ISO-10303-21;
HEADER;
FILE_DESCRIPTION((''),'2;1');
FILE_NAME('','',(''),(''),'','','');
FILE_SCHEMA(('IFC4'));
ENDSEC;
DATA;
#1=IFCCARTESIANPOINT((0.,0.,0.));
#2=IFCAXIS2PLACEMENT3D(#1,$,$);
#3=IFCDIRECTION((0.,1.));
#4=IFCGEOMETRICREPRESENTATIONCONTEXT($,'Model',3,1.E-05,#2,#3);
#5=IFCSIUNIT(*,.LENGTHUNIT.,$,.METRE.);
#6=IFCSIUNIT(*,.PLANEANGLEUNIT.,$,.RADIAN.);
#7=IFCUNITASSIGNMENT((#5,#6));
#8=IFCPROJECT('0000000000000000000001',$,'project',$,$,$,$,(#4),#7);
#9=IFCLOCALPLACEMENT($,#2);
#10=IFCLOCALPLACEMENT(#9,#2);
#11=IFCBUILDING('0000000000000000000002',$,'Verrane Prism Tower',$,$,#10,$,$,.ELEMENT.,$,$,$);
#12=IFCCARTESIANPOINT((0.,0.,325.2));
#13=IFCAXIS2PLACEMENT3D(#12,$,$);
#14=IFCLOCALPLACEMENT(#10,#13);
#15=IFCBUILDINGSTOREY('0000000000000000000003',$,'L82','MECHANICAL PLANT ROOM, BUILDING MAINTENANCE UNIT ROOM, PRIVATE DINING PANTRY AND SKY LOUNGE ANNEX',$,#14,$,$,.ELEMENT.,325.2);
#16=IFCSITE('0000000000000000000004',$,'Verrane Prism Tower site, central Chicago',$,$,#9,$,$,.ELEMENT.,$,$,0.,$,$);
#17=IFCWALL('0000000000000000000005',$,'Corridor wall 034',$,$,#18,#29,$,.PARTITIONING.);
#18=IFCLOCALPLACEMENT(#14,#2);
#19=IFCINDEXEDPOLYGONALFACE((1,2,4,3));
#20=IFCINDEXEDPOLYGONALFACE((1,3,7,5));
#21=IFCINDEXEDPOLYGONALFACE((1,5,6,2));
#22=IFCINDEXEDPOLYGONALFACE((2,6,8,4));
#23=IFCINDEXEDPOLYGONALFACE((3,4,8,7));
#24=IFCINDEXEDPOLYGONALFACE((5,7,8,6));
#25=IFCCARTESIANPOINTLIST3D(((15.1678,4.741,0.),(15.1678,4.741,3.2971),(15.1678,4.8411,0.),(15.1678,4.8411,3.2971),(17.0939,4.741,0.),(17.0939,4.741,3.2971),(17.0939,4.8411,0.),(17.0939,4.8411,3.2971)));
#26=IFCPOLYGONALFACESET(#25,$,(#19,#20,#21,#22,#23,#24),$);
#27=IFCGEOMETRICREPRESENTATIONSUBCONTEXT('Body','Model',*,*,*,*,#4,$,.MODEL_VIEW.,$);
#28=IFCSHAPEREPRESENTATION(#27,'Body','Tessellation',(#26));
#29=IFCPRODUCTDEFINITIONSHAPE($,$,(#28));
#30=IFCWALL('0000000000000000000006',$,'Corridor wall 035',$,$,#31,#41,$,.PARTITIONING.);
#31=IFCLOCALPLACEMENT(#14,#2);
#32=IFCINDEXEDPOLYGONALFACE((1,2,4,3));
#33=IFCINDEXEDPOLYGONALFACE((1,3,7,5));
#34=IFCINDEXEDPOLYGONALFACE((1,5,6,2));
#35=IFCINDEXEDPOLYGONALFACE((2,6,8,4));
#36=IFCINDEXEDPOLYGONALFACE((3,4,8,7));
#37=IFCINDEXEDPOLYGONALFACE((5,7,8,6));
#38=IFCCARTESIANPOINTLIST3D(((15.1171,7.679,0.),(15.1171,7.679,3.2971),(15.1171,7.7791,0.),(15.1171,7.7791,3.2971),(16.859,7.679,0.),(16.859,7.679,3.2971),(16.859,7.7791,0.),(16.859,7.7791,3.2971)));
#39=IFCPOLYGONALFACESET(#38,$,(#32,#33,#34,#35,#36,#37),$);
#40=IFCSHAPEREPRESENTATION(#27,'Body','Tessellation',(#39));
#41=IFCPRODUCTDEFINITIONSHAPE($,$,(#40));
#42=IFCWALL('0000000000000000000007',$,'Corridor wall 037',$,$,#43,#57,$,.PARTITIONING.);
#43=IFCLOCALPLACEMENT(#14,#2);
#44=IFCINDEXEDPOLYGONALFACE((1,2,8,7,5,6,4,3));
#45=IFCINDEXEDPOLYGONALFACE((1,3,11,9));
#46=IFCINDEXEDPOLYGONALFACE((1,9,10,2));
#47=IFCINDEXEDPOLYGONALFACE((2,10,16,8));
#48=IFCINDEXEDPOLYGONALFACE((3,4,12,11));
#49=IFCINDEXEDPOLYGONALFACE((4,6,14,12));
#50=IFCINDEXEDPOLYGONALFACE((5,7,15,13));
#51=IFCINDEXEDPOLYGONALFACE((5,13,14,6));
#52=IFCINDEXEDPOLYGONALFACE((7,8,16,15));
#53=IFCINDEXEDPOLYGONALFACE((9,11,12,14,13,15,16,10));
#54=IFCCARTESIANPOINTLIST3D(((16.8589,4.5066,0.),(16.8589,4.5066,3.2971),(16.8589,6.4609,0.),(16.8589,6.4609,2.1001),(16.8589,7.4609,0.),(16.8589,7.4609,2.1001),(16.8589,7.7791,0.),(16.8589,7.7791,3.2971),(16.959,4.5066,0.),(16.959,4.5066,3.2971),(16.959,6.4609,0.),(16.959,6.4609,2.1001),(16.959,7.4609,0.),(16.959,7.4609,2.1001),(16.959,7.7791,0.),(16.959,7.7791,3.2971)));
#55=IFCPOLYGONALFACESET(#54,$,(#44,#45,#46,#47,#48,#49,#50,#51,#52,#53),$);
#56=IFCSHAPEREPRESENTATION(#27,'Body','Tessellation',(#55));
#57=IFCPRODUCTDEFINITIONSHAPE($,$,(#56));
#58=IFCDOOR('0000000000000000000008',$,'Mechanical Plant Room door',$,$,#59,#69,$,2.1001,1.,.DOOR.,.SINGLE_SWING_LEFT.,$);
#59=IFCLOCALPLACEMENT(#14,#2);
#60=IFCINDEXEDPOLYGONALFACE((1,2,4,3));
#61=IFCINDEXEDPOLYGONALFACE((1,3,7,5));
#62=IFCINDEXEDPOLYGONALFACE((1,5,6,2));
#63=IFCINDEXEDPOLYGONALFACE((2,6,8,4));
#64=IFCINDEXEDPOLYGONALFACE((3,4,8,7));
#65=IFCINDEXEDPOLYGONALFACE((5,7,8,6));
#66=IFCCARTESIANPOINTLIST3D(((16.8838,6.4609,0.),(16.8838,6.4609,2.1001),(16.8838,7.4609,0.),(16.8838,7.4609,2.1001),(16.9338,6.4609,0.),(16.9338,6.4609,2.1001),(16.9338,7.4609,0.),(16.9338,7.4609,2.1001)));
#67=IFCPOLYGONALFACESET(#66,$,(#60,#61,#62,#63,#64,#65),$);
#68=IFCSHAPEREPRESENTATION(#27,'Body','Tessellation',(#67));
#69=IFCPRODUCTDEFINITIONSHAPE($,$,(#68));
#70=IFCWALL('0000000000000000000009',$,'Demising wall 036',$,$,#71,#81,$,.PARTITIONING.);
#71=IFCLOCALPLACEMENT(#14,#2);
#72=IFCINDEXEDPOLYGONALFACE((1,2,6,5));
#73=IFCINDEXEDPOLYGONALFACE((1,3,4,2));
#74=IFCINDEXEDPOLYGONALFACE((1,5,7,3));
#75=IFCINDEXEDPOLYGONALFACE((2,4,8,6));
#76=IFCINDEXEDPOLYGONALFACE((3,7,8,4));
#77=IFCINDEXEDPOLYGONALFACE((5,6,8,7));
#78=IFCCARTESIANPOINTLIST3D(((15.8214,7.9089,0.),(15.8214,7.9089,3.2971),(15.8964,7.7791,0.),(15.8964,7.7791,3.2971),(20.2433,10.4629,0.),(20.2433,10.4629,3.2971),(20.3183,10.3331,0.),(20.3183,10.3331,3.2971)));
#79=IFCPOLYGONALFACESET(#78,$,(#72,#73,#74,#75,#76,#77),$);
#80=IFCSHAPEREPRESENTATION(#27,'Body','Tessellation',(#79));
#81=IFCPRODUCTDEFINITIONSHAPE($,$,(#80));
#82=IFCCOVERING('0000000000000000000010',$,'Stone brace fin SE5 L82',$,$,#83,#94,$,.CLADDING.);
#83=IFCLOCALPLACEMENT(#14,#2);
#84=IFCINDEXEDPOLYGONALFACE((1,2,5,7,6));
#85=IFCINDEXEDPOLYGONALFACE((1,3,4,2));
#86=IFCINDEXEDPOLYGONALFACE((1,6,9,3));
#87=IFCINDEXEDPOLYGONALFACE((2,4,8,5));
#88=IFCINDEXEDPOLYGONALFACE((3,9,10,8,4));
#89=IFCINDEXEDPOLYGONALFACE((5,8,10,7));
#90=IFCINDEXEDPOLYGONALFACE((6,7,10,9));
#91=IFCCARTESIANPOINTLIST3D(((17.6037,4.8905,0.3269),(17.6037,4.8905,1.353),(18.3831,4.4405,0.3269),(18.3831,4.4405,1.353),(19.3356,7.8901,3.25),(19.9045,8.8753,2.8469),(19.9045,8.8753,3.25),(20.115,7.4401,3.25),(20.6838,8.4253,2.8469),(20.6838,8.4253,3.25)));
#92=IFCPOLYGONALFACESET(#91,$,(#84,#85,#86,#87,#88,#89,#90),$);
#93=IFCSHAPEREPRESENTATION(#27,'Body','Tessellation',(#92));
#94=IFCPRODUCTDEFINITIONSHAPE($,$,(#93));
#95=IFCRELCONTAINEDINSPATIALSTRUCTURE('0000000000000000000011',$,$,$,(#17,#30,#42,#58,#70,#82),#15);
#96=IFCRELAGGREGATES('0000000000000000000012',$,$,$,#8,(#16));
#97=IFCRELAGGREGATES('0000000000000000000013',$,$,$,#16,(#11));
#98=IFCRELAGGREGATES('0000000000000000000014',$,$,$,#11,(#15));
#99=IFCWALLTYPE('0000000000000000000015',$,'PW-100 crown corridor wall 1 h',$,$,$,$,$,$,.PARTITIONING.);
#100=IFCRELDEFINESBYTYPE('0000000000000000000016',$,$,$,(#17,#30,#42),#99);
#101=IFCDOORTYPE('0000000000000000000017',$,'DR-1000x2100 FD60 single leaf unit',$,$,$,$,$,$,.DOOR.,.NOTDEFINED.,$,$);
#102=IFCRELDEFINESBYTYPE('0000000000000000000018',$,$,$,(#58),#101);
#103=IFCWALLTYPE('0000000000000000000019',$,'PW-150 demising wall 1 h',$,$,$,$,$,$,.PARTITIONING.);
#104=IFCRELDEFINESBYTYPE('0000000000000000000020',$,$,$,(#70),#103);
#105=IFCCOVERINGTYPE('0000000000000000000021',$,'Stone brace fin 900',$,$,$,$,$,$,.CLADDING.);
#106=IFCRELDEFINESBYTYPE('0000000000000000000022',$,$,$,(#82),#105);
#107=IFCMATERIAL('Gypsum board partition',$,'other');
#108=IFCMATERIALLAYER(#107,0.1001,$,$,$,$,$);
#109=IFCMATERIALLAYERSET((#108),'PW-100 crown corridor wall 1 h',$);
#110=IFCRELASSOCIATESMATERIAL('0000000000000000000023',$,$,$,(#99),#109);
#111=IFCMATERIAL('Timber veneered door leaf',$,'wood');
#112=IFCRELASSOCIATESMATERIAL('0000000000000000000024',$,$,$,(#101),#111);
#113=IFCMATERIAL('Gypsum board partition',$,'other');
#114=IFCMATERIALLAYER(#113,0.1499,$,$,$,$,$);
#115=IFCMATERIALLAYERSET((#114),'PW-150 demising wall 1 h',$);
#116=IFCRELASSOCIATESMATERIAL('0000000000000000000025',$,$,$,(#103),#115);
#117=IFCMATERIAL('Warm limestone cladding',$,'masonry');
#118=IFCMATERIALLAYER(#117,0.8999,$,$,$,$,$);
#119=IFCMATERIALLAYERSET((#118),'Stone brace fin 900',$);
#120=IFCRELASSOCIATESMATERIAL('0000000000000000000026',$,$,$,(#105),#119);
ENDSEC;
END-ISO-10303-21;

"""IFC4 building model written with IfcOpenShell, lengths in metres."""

from ifc_helpers import new_model, si_unit, direction, frame, frame_2d, origin, place, context, subcontext, project, spatial, polyline, rectangle, outline, extrude, material, layer, layer_set, type_object, element, fill, save


model = new_model("IFC4")

# Units and contexts
model_context = context("Model", 3, precision=1e-05, world=origin(), true_north=direction((0.0, 1.0)))
body_context = subcontext(model_context, "Body", "Model", "MODEL_VIEW")
ifc_project = project(units=[si_unit("LENGTHUNIT", "METRE"), si_unit("PLANEANGLEUNIT", "RADIAN")], contexts=[model_context])

# Site, building, storey
site_placement = place(None, origin())
site = spatial("IfcSite", under=ifc_project, at=site_placement, Name="Verrane Prism Tower site, central Chicago", CompositionType="ELEMENT", RefElevation=0.0)
building_placement = place(site_placement, origin())
building = spatial("IfcBuilding", under=site, at=building_placement, Name="Verrane Prism Tower", CompositionType="ELEMENT")
storey_placement = place(building_placement, frame((0.0, 0.0, 325.2)))
storey = spatial("IfcBuildingStorey", under=building, at=storey_placement, Name="L82", Description="MECHANICAL PLANT ROOM, BUILDING MAINTENANCE UNIT ROOM, PRIVATE DINING PANTRY AND SKY LOUNGE ANNEX", CompositionType="ELEMENT", Elevation=325.2)

# Walls
ifc_material_1 = material(Name="Gypsum board partition", Category="other")
ifc_layer_1 = layer(ifc_material_1, 0.1001)
ifc_layer_set_1 = layer_set([ifc_layer_1], Name="PW-100 crown corridor wall 1 h")
wall_type_1 = type_object("IfcWallType", Name="PW-100 crown corridor wall 1 h", PredefinedType="PARTITIONING", material=ifc_layer_set_1)
wall_1_placement = place(storey_placement, frame((15.168, 4.791, 0.0), z_axis=(0.0, 0.0, 1.0), x_axis=(1.0, 0.0, 0.0)))
element("IfcWall", 1, at=wall_1_placement, inside=storey, type_object=wall_type_1, Name="Corridor wall 034", PredefinedType="PARTITIONING", context=body_context, shape_type="SweptSolid", body=[
    extrude(rectangle(XDim=1.926, YDim=0.1001, at=frame_2d((0.9629, 0.0))), origin(), (0.0, 0.0, 1.0), 3.2971),
])
wall_2_placement = place(storey_placement, frame((15.1169, 7.729, 0.0), z_axis=(0.0, 0.0, 1.0), x_axis=(1.0, 0.0, 0.0)))
element("IfcWall", 2, at=wall_2_placement, inside=storey, type_object=wall_type_1, Name="Corridor wall 035", PredefinedType="PARTITIONING", context=body_context, shape_type="SweptSolid", body=[
    extrude(rectangle(XDim=1.7419, YDim=0.1001, at=frame_2d((0.8711, 0.0))), origin(), (0.0, 0.0, 1.0), 3.2971),
])

# Wall, opening, door
wall_3_placement = place(storey_placement, frame((16.9089, 7.7791, 0.0), z_axis=(0.0, 0.0, 1.0), x_axis=(0.0, -1.0, 0.0)))
wall_3 = element("IfcWall", 3, at=wall_3_placement, inside=storey, type_object=wall_type_1, Name="Corridor wall 037", PredefinedType="PARTITIONING", context=body_context, shape_type="SweptSolid", body=[
    extrude(rectangle(XDim=3.2725, YDim=0.1001, at=frame_2d((1.6362, 0.0))), origin(), (0.0, 0.0, 1.0), 3.2971),
])
opening_1_placement = place(wall_3_placement, frame((0.3181, 0.0, 0.0)))
opening_1 = element("IfcOpeningElement", 4, at=opening_1_placement, cuts=wall_3, PredefinedType="OPENING", context=body_context, shape_type="SweptSolid", body=[
    extrude(rectangle(XDim=1.0, YDim=2.1001, at=frame_2d((0.5, 1.05))), frame((0.0, 0.0601, 0.0), z_axis=(0.0, -1.0, 0.0), x_axis=(1.0, 0.0, 0.0)), (0.0, 0.0, 1.0), 0.1201),
])
ifc_material_2 = material(Name="Timber veneered door leaf", Category="wood")
door_type_1 = type_object("IfcDoorType", Name="DR-1000x2100 FD60 single leaf unit", OperationType="NOTDEFINED", PredefinedType="DOOR", material=ifc_material_2)
door_1_placement = place(opening_1_placement, origin())
door_1 = element("IfcDoor", 5, at=door_1_placement, inside=storey, type_object=door_type_1, Name="Mechanical Plant Room door", OperationType="SINGLE_SWING_LEFT", OverallHeight=2.1001, OverallWidth=1.0, PredefinedType="DOOR", context=body_context, shape_type="SweptSolid", body=[
    extrude(rectangle(XDim=1.0, YDim=2.1001, at=frame_2d((0.5, 1.05))), frame((0.0, 0.0249, 0.0), z_axis=(0.0, -1.0, 0.0), x_axis=(1.0, 0.0, 0.0)), (0.0, 0.0, 1.0), 0.05),
])
fill(opening_1, door_1)

# Wall
ifc_material_3 = material(Name="Gypsum board partition", Category="other")
ifc_layer_2 = layer(ifc_material_3, 0.1499)
ifc_layer_set_2 = layer_set([ifc_layer_2], Name="PW-150 demising wall 1 h")
wall_type_2 = type_object("IfcWallType", Name="PW-150 demising wall 1 h", PredefinedType="PARTITIONING", material=ifc_layer_set_2)
wall_4_placement = place(storey_placement, frame((15.8589, 7.844, 0.0), z_axis=(0.0, 0.0, 1.0), x_axis=(0.865942, 0.500145, 0.0)))
element("IfcWall", 6, at=wall_4_placement, inside=storey, type_object=wall_type_2, Name="Demising wall 036", PredefinedType="PARTITIONING", context=body_context, shape_type="SweptSolid", body=[
    extrude(rectangle(XDim=5.1064, YDim=0.1499, at=frame_2d((2.5532, 0.0))), origin(), (0.0, 0.0, 1.0), 3.2971),
])

# Covering
ifc_material_4 = material(Name="Warm limestone cladding", Category="masonry")
ifc_layer_3 = layer(ifc_material_4, 0.8999)
ifc_layer_set_3 = layer_set([ifc_layer_3], Name="Stone brace fin 900")
covering_type = type_object("IfcCoveringType", Name="Stone brace fin 900", PredefinedType="CLADDING", material=ifc_layer_set_3)
covering_placement = place(storey_placement, frame((17.9934, 4.6655, 0.3269), z_axis=(0.0, 0.0, 1.0), x_axis=(0.500019, 0.866014, 0.0)))
element("IfcCovering", 7, at=covering_placement, inside=storey, type_object=covering_type, Name="Stone brace fin SE5 L82", PredefinedType="CLADDING", context=body_context, shape_type="SweptSolid", body=[
    extrude(outline(polyline([(4.6013, 2.9231), (3.4636, 2.9231), (0.0, 1.0261), (0.0, 0.0), (4.6013, 2.52), (4.6013, 2.9231)])), frame((0.0, 0.45, 0.0), z_axis=(0.0, -1.0, 0.0), x_axis=(1.0, 0.0, 0.0)), (0.0, 0.0, 1.0), 0.8999),
])

save(model, "model.ifc")
